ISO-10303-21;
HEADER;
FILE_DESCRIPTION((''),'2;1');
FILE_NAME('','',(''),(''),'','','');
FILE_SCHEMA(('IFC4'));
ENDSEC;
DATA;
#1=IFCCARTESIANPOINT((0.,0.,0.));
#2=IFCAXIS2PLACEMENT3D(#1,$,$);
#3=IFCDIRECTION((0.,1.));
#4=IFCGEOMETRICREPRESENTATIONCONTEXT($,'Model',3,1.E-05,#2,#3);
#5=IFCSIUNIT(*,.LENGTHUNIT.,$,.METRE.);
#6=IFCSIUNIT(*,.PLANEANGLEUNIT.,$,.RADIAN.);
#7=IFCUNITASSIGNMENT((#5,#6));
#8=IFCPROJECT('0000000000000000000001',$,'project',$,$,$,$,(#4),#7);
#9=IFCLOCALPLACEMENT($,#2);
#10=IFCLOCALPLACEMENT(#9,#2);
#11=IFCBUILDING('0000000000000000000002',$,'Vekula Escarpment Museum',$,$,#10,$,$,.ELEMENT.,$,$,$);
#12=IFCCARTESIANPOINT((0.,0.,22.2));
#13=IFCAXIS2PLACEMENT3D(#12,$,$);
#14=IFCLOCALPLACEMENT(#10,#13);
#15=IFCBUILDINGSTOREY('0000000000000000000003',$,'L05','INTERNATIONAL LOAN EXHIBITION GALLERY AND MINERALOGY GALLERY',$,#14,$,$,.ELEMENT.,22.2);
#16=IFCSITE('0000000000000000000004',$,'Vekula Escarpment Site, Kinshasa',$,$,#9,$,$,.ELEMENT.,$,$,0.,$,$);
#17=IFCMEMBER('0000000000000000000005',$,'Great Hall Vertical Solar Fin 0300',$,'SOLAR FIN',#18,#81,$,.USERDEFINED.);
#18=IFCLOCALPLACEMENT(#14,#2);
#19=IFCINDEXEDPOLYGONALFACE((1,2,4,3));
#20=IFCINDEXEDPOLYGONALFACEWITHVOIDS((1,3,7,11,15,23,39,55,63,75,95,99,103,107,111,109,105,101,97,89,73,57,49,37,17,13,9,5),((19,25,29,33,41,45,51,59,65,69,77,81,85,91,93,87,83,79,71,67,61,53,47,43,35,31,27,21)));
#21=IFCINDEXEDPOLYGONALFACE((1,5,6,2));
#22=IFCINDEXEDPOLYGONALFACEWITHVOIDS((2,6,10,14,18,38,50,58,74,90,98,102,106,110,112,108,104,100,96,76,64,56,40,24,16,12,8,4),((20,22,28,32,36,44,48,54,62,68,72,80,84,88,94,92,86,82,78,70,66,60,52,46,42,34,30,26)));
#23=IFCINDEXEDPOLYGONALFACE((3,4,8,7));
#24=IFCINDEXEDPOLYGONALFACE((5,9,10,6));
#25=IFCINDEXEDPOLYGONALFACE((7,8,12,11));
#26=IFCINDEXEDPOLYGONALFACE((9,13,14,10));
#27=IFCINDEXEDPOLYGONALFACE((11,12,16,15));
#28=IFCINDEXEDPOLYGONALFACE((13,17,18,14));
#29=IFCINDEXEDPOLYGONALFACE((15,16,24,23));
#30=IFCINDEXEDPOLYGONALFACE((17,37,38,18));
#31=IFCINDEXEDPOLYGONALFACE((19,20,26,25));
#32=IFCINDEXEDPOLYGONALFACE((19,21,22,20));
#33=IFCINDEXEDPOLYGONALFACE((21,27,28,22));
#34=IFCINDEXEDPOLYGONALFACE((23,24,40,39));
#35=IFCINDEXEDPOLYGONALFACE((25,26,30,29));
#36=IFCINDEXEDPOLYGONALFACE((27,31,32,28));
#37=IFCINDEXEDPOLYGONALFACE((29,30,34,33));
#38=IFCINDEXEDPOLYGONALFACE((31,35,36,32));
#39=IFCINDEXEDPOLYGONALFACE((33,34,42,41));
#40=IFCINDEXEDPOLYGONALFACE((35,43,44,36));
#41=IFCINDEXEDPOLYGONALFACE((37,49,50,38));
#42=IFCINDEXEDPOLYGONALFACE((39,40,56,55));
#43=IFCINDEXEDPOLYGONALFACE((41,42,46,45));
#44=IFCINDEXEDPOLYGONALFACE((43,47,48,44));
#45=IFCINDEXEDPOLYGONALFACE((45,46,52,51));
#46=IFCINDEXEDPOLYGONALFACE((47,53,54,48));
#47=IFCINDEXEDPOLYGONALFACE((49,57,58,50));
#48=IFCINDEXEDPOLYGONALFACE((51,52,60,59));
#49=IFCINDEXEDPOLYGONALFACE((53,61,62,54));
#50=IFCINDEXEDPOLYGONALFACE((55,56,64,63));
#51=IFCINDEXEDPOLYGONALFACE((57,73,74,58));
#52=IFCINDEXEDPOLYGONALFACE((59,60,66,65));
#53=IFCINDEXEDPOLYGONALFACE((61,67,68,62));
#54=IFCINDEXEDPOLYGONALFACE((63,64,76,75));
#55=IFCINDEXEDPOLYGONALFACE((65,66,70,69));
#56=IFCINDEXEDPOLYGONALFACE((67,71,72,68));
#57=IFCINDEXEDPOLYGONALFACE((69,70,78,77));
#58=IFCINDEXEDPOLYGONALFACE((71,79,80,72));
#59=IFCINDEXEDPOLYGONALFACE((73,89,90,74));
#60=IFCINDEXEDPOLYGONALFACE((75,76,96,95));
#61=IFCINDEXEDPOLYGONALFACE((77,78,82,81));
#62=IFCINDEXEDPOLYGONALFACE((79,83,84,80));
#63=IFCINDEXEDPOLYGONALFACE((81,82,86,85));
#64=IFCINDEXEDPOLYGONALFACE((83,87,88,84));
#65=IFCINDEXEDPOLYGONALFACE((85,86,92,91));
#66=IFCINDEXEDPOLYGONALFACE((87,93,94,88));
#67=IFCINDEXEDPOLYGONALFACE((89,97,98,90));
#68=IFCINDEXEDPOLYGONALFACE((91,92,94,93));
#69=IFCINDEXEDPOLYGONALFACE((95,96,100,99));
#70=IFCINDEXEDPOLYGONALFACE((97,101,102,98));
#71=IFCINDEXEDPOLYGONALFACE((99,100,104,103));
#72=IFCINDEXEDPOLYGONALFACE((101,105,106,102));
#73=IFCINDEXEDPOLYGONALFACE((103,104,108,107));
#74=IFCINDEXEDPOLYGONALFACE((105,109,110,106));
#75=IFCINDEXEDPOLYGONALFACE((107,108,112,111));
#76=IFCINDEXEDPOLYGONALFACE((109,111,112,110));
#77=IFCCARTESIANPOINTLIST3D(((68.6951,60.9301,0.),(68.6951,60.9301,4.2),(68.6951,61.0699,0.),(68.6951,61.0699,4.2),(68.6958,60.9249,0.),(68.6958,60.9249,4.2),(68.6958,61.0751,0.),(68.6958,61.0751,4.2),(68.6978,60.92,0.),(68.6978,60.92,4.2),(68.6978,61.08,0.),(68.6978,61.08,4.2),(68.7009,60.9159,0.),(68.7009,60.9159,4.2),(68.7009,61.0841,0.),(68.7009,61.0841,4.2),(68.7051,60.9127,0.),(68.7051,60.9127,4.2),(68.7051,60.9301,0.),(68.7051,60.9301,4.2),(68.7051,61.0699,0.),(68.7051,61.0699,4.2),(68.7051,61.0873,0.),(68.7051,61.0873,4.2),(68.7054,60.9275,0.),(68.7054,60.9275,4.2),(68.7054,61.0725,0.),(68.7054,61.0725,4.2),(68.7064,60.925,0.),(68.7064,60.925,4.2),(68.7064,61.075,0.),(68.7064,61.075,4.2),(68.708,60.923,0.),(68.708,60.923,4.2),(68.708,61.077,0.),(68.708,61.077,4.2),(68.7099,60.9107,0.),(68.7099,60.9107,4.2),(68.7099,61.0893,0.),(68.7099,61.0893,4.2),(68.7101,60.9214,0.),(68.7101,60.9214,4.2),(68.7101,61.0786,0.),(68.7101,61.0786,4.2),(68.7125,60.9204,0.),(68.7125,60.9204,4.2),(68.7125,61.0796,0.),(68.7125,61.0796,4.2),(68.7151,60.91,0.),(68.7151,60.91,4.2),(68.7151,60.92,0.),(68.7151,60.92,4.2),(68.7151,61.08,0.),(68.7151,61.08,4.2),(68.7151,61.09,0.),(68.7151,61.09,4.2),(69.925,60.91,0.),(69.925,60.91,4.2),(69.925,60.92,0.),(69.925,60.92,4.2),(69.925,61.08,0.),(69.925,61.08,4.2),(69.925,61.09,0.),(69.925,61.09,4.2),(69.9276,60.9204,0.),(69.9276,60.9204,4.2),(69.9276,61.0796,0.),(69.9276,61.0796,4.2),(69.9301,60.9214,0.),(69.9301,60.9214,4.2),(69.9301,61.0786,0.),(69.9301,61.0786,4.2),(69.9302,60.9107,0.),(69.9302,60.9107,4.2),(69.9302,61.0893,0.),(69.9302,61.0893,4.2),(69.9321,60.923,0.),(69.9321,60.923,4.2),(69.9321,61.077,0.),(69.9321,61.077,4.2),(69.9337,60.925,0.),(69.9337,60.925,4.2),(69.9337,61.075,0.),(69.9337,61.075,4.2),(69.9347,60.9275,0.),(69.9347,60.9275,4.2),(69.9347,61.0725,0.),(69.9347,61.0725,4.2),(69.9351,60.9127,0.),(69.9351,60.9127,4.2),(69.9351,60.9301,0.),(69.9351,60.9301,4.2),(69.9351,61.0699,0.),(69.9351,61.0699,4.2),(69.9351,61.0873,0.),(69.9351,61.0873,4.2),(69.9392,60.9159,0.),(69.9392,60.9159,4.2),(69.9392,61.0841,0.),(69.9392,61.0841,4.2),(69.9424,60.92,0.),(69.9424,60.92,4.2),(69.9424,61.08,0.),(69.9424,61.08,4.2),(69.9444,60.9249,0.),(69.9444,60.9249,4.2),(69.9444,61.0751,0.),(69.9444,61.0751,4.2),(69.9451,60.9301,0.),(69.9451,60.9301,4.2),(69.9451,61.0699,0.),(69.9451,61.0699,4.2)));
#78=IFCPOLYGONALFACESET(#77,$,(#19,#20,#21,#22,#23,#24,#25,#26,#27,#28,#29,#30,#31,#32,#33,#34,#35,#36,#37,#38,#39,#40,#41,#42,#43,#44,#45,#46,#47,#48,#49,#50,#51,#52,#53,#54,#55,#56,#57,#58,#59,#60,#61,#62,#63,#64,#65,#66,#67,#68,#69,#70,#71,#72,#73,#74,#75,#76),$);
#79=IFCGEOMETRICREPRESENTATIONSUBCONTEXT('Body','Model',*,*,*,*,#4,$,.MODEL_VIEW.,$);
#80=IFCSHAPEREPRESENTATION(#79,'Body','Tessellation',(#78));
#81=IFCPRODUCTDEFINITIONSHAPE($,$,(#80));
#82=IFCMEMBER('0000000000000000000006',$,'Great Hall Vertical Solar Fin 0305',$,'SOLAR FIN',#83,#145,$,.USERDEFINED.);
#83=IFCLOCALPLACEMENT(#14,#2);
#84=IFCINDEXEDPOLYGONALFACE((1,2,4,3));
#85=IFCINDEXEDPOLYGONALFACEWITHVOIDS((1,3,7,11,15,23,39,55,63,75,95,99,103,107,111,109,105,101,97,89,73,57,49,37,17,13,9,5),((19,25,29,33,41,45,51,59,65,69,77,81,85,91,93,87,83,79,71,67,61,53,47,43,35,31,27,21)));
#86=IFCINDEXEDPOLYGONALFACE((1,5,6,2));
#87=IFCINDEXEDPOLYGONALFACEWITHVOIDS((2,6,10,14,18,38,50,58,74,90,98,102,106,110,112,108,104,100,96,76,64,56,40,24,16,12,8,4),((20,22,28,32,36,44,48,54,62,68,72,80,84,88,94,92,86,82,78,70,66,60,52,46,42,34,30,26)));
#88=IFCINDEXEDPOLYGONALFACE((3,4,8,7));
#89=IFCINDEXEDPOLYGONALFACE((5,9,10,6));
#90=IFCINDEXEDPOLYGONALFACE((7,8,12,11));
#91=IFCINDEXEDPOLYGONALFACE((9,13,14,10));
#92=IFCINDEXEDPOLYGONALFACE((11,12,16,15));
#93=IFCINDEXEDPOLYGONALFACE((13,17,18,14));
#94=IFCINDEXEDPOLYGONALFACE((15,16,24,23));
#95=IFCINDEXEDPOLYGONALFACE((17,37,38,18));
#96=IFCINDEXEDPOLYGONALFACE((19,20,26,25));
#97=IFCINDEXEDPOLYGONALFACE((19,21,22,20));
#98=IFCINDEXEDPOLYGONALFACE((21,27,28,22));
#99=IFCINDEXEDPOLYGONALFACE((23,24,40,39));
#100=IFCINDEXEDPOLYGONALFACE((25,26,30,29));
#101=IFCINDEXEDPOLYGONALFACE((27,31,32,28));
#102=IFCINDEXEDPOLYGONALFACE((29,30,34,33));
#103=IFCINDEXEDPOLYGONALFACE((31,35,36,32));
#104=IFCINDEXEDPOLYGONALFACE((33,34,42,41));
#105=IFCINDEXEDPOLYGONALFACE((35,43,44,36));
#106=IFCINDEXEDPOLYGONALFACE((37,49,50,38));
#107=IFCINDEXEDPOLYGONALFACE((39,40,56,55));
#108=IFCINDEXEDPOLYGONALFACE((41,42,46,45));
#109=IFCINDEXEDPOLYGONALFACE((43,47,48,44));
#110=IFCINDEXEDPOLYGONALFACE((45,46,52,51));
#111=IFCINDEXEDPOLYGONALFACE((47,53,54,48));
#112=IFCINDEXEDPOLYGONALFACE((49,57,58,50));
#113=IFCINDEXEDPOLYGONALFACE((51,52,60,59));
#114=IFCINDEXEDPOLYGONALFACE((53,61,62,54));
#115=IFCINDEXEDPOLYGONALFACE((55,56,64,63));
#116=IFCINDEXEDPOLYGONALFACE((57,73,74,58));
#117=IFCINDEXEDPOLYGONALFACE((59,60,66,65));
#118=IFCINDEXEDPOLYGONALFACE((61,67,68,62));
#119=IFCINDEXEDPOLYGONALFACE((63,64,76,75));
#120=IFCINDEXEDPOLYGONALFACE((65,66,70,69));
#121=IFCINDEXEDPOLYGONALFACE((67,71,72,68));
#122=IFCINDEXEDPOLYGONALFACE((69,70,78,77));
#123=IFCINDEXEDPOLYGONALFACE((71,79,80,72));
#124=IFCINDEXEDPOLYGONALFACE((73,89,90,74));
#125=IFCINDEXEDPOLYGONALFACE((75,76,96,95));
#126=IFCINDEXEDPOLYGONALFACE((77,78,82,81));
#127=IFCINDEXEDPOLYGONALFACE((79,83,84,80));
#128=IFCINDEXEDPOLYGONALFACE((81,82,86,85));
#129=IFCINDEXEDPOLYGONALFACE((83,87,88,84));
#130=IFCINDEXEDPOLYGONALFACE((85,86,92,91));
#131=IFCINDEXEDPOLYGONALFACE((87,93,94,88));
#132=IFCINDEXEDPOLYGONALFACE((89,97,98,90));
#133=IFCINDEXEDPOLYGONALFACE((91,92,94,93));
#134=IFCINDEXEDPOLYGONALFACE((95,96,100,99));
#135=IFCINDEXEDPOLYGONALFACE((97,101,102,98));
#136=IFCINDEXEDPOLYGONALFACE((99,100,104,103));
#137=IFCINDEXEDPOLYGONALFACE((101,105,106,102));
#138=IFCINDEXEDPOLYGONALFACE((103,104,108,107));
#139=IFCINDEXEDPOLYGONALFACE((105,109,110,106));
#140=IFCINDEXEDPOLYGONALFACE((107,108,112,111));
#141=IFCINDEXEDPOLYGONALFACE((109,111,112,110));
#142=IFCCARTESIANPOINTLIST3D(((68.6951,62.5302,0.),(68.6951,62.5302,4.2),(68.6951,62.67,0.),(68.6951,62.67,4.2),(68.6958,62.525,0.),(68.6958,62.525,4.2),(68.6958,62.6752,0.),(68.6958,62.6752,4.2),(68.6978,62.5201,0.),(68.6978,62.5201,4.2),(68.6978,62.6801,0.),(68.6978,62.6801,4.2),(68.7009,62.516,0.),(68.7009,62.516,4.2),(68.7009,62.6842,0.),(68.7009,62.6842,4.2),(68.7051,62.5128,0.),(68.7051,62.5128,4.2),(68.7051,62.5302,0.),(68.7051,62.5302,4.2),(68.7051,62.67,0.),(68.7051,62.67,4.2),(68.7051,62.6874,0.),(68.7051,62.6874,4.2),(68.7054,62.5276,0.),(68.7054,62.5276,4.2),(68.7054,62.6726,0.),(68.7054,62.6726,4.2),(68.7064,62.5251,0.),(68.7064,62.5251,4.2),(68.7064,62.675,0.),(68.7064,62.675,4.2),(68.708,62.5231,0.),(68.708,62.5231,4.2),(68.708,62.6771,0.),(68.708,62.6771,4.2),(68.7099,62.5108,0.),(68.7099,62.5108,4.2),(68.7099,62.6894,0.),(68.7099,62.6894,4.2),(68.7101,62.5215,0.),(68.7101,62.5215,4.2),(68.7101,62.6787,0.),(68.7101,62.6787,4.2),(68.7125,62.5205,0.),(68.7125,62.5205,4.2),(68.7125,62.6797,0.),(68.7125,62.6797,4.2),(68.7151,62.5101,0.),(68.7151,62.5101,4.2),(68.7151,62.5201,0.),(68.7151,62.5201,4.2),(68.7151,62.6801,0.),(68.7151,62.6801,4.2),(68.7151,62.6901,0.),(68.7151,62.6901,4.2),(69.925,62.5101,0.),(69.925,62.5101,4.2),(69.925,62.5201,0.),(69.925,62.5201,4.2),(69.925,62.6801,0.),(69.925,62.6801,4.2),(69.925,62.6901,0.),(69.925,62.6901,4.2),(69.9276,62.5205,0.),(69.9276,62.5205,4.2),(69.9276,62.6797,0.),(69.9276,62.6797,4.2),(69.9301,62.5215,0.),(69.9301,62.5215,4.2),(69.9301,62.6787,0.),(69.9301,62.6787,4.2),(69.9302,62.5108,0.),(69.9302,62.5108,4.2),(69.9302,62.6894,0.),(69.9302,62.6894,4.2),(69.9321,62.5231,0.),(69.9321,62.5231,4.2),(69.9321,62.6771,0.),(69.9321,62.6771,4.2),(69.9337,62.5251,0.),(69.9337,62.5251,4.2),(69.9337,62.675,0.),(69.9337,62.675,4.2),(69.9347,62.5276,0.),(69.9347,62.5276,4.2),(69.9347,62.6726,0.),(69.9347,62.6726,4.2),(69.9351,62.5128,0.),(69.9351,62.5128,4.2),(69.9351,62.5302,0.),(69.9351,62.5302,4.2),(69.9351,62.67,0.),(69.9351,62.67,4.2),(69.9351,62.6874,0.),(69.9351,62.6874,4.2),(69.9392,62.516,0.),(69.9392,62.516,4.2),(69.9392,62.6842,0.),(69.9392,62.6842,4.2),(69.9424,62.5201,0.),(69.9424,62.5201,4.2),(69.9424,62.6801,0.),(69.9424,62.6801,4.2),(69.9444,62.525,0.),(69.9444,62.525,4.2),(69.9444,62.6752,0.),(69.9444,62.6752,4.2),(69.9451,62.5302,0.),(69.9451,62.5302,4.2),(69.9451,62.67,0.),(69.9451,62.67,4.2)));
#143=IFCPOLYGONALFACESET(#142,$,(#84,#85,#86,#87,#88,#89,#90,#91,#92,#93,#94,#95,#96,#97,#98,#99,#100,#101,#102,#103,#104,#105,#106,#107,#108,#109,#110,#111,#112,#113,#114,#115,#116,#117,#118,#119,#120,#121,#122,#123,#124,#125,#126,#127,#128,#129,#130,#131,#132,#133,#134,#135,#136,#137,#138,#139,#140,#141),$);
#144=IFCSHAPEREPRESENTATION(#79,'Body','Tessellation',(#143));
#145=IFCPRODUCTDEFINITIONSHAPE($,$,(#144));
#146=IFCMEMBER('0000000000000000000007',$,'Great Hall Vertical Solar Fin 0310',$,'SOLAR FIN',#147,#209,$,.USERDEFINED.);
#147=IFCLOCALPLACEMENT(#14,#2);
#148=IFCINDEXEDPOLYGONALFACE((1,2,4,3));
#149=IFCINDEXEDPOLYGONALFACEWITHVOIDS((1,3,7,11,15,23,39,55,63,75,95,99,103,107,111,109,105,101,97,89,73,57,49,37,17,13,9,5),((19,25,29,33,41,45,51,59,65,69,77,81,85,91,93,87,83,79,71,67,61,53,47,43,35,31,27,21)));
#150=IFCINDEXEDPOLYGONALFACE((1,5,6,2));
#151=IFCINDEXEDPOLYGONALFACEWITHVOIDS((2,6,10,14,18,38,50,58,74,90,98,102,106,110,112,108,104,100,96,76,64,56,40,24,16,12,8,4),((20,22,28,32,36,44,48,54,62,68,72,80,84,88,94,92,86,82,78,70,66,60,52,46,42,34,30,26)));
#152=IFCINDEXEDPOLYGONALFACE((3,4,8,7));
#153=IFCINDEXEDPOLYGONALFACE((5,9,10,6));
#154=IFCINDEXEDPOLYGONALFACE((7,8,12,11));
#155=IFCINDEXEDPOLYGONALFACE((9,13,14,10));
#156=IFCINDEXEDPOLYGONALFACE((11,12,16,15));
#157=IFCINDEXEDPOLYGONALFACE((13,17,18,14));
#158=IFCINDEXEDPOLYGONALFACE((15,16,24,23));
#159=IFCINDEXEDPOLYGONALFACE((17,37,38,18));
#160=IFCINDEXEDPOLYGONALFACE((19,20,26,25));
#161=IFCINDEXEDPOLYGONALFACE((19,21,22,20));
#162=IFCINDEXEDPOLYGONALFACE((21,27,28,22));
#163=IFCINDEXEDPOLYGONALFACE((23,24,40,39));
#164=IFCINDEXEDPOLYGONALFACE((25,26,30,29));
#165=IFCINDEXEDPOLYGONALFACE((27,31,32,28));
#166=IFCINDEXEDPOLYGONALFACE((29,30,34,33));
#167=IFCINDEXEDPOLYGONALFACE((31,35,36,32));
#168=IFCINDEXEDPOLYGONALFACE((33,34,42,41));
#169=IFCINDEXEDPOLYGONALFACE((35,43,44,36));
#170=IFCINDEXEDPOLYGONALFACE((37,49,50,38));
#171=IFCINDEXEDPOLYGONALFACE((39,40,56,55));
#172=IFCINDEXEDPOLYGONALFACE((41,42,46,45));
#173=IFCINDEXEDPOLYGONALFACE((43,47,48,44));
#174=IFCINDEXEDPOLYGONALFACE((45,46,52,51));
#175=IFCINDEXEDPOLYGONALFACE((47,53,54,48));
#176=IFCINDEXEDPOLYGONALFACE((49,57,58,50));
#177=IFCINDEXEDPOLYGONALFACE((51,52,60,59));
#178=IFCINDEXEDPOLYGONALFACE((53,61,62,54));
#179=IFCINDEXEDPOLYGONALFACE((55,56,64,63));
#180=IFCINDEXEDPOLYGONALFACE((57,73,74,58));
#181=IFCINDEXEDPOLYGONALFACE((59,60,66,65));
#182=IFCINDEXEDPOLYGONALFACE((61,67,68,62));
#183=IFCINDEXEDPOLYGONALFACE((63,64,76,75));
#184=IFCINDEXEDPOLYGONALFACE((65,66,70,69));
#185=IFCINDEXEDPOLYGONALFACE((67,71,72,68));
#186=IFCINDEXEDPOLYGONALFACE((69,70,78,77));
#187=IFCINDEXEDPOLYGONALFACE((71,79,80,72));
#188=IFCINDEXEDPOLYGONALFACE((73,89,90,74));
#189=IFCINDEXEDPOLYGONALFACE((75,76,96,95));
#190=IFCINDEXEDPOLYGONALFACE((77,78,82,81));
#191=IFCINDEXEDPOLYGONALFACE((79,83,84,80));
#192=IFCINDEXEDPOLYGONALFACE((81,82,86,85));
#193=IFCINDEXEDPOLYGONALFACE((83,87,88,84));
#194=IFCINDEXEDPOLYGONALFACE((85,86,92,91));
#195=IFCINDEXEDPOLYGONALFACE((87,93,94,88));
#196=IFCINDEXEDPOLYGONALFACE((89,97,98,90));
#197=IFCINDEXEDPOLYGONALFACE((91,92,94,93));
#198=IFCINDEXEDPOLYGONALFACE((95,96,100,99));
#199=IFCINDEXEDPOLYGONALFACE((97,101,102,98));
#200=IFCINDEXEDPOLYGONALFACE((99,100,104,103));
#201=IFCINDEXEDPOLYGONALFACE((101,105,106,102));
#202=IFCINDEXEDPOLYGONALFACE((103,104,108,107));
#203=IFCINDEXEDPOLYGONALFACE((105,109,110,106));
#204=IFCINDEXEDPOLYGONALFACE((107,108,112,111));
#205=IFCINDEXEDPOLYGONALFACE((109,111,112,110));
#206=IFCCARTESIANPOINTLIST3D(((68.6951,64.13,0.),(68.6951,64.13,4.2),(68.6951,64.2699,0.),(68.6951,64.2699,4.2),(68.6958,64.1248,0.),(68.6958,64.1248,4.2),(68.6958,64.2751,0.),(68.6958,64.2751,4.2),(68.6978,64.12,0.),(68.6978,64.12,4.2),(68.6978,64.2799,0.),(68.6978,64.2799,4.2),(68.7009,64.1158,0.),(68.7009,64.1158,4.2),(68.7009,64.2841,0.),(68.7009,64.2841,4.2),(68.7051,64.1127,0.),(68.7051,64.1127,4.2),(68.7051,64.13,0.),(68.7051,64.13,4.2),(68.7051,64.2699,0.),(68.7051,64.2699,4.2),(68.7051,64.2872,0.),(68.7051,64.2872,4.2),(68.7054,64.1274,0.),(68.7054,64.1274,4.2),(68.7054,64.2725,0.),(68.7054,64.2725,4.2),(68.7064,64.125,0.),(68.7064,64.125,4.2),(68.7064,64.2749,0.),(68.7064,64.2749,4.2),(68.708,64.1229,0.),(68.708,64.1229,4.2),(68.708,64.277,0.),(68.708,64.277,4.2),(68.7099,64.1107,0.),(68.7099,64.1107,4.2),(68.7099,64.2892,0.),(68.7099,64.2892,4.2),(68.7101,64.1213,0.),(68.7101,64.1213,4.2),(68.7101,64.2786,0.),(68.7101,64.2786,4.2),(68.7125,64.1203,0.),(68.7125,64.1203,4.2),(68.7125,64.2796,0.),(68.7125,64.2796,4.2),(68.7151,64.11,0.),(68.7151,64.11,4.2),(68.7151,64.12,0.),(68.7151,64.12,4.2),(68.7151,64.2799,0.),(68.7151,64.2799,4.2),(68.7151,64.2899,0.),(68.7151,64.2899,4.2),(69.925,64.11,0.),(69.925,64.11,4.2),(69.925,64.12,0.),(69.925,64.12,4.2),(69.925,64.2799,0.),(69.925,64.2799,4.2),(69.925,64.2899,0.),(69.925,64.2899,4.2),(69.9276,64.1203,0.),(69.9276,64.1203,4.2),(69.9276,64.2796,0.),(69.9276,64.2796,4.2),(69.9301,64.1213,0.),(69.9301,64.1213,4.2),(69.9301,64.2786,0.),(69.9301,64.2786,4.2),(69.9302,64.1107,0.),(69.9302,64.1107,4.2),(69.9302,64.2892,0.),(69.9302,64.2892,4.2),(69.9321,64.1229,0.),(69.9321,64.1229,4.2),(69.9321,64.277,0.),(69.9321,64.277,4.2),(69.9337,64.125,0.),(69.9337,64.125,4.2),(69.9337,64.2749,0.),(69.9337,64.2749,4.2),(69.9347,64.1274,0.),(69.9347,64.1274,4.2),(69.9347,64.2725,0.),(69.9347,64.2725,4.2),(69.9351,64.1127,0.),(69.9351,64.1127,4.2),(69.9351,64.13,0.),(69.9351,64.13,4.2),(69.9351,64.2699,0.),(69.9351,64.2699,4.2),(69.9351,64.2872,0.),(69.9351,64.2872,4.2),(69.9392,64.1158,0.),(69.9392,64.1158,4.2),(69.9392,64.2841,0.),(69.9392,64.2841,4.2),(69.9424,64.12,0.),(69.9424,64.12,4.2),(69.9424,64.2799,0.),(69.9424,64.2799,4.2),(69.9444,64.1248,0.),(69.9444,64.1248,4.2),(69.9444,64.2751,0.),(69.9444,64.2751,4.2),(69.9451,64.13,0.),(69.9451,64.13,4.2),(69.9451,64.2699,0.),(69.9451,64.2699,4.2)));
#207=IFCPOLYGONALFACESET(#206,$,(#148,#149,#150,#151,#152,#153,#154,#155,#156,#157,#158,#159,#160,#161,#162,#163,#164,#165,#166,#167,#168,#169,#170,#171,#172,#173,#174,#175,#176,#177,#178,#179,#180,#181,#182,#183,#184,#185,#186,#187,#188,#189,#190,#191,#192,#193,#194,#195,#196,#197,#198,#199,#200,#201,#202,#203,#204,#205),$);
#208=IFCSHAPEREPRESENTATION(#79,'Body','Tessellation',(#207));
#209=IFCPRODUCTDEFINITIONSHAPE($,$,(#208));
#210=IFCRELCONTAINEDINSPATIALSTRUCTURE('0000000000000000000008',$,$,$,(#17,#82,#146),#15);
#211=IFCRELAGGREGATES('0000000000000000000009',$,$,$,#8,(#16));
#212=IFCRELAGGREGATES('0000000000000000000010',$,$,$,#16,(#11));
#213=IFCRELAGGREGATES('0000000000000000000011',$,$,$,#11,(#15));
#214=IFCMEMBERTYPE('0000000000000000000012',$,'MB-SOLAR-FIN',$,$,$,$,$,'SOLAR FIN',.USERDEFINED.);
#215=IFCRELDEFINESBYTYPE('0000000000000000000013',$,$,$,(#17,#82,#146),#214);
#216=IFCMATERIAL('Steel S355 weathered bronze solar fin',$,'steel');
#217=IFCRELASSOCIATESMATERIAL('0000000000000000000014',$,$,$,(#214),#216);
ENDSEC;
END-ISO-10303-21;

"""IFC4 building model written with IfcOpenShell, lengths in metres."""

from ifc_helpers import new_model, si_unit, direction, frame, origin, origin_2d, place, context, subcontext, project, spatial, hollow_rectangle, extrude, material, material_profile, profile_set, type_object, element, save


model = new_model("IFC4")

# Units and contexts
model_context = context("Model", 3, precision=1e-05, world=origin(), true_north=direction((0.0, 1.0)))
body_context = subcontext(model_context, "Body", "Model", "MODEL_VIEW")
ifc_project = project(units=[si_unit("LENGTHUNIT", "METRE"), si_unit("PLANEANGLEUNIT", "RADIAN")], contexts=[model_context])

# Site, building, storey
site_placement = place(None, origin())
site = spatial("IfcSite", under=ifc_project, at=site_placement, Name="Vekula Escarpment Site, Kinshasa", CompositionType="ELEMENT", RefElevation=0.0)
building_placement = place(site_placement, origin())
building = spatial("IfcBuilding", under=site, at=building_placement, Name="Vekula Escarpment Museum", CompositionType="ELEMENT")
storey_placement = place(building_placement, frame((0.0, 0.0, 22.2)))
storey = spatial("IfcBuildingStorey", under=building, at=storey_placement, Name="L05", Description="INTERNATIONAL LOAN EXHIBITION GALLERY AND MINERALOGY GALLERY", CompositionType="ELEMENT", Elevation=22.2)

# Members
ifc_material_1 = material(Name="Steel S355 weathered bronze solar fin", Category="steel")
ifc_material_profile_1 = material_profile(ifc_material_1, hollow_rectangle(XDim=0.1799, YDim=1.25, WallThickness=0.01, InnerFilletRadius=0.01, OuterFilletRadius=0.02, at=origin_2d()), Name="RHS 1250x180x10")
ifc_profile_set_1 = profile_set([ifc_material_profile_1], Name="Steel S355 weathered bronze solar fin")
member_type = type_object("IfcMemberType", Name="MB-SOLAR-FIN", ElementType="SOLAR FIN", PredefinedType="USERDEFINED", material=ifc_profile_set_1)
for number, where, z_axis, x_axis, name in (
    (1, (69.3201, 61.0, 0.0), (0.0, 0.0, 1.0), (0.0, 1.0, 0.0), "Great Hall Vertical Solar Fin 0300"),
    (2, (69.3201, 62.6001, 0.0), (0.0, 0.0, 1.0), (0.0, 1.0, 0.0), "Great Hall Vertical Solar Fin 0305"),
    (3, (69.3201, 64.2, 0.0), (0.0, 0.0, 1.0), (0.0, 1.0, 0.0), "Great Hall Vertical Solar Fin 0310"),
):
    element("IfcMember", number, at=place(storey_placement, frame(where, z_axis=z_axis, x_axis=x_axis)), inside=storey, type_object=member_type, Name=name, ObjectType="SOLAR FIN", PredefinedType="USERDEFINED", context=body_context, shape_type="SweptSolid", body=[
        extrude(hollow_rectangle(XDim=0.1799, YDim=1.25, WallThickness=0.01, InnerFilletRadius=0.01, OuterFilletRadius=0.02, at=origin_2d()), origin(), (0.0, 0.0, 1.0), 4.2),
    ])

save(model, "model.ifc")
